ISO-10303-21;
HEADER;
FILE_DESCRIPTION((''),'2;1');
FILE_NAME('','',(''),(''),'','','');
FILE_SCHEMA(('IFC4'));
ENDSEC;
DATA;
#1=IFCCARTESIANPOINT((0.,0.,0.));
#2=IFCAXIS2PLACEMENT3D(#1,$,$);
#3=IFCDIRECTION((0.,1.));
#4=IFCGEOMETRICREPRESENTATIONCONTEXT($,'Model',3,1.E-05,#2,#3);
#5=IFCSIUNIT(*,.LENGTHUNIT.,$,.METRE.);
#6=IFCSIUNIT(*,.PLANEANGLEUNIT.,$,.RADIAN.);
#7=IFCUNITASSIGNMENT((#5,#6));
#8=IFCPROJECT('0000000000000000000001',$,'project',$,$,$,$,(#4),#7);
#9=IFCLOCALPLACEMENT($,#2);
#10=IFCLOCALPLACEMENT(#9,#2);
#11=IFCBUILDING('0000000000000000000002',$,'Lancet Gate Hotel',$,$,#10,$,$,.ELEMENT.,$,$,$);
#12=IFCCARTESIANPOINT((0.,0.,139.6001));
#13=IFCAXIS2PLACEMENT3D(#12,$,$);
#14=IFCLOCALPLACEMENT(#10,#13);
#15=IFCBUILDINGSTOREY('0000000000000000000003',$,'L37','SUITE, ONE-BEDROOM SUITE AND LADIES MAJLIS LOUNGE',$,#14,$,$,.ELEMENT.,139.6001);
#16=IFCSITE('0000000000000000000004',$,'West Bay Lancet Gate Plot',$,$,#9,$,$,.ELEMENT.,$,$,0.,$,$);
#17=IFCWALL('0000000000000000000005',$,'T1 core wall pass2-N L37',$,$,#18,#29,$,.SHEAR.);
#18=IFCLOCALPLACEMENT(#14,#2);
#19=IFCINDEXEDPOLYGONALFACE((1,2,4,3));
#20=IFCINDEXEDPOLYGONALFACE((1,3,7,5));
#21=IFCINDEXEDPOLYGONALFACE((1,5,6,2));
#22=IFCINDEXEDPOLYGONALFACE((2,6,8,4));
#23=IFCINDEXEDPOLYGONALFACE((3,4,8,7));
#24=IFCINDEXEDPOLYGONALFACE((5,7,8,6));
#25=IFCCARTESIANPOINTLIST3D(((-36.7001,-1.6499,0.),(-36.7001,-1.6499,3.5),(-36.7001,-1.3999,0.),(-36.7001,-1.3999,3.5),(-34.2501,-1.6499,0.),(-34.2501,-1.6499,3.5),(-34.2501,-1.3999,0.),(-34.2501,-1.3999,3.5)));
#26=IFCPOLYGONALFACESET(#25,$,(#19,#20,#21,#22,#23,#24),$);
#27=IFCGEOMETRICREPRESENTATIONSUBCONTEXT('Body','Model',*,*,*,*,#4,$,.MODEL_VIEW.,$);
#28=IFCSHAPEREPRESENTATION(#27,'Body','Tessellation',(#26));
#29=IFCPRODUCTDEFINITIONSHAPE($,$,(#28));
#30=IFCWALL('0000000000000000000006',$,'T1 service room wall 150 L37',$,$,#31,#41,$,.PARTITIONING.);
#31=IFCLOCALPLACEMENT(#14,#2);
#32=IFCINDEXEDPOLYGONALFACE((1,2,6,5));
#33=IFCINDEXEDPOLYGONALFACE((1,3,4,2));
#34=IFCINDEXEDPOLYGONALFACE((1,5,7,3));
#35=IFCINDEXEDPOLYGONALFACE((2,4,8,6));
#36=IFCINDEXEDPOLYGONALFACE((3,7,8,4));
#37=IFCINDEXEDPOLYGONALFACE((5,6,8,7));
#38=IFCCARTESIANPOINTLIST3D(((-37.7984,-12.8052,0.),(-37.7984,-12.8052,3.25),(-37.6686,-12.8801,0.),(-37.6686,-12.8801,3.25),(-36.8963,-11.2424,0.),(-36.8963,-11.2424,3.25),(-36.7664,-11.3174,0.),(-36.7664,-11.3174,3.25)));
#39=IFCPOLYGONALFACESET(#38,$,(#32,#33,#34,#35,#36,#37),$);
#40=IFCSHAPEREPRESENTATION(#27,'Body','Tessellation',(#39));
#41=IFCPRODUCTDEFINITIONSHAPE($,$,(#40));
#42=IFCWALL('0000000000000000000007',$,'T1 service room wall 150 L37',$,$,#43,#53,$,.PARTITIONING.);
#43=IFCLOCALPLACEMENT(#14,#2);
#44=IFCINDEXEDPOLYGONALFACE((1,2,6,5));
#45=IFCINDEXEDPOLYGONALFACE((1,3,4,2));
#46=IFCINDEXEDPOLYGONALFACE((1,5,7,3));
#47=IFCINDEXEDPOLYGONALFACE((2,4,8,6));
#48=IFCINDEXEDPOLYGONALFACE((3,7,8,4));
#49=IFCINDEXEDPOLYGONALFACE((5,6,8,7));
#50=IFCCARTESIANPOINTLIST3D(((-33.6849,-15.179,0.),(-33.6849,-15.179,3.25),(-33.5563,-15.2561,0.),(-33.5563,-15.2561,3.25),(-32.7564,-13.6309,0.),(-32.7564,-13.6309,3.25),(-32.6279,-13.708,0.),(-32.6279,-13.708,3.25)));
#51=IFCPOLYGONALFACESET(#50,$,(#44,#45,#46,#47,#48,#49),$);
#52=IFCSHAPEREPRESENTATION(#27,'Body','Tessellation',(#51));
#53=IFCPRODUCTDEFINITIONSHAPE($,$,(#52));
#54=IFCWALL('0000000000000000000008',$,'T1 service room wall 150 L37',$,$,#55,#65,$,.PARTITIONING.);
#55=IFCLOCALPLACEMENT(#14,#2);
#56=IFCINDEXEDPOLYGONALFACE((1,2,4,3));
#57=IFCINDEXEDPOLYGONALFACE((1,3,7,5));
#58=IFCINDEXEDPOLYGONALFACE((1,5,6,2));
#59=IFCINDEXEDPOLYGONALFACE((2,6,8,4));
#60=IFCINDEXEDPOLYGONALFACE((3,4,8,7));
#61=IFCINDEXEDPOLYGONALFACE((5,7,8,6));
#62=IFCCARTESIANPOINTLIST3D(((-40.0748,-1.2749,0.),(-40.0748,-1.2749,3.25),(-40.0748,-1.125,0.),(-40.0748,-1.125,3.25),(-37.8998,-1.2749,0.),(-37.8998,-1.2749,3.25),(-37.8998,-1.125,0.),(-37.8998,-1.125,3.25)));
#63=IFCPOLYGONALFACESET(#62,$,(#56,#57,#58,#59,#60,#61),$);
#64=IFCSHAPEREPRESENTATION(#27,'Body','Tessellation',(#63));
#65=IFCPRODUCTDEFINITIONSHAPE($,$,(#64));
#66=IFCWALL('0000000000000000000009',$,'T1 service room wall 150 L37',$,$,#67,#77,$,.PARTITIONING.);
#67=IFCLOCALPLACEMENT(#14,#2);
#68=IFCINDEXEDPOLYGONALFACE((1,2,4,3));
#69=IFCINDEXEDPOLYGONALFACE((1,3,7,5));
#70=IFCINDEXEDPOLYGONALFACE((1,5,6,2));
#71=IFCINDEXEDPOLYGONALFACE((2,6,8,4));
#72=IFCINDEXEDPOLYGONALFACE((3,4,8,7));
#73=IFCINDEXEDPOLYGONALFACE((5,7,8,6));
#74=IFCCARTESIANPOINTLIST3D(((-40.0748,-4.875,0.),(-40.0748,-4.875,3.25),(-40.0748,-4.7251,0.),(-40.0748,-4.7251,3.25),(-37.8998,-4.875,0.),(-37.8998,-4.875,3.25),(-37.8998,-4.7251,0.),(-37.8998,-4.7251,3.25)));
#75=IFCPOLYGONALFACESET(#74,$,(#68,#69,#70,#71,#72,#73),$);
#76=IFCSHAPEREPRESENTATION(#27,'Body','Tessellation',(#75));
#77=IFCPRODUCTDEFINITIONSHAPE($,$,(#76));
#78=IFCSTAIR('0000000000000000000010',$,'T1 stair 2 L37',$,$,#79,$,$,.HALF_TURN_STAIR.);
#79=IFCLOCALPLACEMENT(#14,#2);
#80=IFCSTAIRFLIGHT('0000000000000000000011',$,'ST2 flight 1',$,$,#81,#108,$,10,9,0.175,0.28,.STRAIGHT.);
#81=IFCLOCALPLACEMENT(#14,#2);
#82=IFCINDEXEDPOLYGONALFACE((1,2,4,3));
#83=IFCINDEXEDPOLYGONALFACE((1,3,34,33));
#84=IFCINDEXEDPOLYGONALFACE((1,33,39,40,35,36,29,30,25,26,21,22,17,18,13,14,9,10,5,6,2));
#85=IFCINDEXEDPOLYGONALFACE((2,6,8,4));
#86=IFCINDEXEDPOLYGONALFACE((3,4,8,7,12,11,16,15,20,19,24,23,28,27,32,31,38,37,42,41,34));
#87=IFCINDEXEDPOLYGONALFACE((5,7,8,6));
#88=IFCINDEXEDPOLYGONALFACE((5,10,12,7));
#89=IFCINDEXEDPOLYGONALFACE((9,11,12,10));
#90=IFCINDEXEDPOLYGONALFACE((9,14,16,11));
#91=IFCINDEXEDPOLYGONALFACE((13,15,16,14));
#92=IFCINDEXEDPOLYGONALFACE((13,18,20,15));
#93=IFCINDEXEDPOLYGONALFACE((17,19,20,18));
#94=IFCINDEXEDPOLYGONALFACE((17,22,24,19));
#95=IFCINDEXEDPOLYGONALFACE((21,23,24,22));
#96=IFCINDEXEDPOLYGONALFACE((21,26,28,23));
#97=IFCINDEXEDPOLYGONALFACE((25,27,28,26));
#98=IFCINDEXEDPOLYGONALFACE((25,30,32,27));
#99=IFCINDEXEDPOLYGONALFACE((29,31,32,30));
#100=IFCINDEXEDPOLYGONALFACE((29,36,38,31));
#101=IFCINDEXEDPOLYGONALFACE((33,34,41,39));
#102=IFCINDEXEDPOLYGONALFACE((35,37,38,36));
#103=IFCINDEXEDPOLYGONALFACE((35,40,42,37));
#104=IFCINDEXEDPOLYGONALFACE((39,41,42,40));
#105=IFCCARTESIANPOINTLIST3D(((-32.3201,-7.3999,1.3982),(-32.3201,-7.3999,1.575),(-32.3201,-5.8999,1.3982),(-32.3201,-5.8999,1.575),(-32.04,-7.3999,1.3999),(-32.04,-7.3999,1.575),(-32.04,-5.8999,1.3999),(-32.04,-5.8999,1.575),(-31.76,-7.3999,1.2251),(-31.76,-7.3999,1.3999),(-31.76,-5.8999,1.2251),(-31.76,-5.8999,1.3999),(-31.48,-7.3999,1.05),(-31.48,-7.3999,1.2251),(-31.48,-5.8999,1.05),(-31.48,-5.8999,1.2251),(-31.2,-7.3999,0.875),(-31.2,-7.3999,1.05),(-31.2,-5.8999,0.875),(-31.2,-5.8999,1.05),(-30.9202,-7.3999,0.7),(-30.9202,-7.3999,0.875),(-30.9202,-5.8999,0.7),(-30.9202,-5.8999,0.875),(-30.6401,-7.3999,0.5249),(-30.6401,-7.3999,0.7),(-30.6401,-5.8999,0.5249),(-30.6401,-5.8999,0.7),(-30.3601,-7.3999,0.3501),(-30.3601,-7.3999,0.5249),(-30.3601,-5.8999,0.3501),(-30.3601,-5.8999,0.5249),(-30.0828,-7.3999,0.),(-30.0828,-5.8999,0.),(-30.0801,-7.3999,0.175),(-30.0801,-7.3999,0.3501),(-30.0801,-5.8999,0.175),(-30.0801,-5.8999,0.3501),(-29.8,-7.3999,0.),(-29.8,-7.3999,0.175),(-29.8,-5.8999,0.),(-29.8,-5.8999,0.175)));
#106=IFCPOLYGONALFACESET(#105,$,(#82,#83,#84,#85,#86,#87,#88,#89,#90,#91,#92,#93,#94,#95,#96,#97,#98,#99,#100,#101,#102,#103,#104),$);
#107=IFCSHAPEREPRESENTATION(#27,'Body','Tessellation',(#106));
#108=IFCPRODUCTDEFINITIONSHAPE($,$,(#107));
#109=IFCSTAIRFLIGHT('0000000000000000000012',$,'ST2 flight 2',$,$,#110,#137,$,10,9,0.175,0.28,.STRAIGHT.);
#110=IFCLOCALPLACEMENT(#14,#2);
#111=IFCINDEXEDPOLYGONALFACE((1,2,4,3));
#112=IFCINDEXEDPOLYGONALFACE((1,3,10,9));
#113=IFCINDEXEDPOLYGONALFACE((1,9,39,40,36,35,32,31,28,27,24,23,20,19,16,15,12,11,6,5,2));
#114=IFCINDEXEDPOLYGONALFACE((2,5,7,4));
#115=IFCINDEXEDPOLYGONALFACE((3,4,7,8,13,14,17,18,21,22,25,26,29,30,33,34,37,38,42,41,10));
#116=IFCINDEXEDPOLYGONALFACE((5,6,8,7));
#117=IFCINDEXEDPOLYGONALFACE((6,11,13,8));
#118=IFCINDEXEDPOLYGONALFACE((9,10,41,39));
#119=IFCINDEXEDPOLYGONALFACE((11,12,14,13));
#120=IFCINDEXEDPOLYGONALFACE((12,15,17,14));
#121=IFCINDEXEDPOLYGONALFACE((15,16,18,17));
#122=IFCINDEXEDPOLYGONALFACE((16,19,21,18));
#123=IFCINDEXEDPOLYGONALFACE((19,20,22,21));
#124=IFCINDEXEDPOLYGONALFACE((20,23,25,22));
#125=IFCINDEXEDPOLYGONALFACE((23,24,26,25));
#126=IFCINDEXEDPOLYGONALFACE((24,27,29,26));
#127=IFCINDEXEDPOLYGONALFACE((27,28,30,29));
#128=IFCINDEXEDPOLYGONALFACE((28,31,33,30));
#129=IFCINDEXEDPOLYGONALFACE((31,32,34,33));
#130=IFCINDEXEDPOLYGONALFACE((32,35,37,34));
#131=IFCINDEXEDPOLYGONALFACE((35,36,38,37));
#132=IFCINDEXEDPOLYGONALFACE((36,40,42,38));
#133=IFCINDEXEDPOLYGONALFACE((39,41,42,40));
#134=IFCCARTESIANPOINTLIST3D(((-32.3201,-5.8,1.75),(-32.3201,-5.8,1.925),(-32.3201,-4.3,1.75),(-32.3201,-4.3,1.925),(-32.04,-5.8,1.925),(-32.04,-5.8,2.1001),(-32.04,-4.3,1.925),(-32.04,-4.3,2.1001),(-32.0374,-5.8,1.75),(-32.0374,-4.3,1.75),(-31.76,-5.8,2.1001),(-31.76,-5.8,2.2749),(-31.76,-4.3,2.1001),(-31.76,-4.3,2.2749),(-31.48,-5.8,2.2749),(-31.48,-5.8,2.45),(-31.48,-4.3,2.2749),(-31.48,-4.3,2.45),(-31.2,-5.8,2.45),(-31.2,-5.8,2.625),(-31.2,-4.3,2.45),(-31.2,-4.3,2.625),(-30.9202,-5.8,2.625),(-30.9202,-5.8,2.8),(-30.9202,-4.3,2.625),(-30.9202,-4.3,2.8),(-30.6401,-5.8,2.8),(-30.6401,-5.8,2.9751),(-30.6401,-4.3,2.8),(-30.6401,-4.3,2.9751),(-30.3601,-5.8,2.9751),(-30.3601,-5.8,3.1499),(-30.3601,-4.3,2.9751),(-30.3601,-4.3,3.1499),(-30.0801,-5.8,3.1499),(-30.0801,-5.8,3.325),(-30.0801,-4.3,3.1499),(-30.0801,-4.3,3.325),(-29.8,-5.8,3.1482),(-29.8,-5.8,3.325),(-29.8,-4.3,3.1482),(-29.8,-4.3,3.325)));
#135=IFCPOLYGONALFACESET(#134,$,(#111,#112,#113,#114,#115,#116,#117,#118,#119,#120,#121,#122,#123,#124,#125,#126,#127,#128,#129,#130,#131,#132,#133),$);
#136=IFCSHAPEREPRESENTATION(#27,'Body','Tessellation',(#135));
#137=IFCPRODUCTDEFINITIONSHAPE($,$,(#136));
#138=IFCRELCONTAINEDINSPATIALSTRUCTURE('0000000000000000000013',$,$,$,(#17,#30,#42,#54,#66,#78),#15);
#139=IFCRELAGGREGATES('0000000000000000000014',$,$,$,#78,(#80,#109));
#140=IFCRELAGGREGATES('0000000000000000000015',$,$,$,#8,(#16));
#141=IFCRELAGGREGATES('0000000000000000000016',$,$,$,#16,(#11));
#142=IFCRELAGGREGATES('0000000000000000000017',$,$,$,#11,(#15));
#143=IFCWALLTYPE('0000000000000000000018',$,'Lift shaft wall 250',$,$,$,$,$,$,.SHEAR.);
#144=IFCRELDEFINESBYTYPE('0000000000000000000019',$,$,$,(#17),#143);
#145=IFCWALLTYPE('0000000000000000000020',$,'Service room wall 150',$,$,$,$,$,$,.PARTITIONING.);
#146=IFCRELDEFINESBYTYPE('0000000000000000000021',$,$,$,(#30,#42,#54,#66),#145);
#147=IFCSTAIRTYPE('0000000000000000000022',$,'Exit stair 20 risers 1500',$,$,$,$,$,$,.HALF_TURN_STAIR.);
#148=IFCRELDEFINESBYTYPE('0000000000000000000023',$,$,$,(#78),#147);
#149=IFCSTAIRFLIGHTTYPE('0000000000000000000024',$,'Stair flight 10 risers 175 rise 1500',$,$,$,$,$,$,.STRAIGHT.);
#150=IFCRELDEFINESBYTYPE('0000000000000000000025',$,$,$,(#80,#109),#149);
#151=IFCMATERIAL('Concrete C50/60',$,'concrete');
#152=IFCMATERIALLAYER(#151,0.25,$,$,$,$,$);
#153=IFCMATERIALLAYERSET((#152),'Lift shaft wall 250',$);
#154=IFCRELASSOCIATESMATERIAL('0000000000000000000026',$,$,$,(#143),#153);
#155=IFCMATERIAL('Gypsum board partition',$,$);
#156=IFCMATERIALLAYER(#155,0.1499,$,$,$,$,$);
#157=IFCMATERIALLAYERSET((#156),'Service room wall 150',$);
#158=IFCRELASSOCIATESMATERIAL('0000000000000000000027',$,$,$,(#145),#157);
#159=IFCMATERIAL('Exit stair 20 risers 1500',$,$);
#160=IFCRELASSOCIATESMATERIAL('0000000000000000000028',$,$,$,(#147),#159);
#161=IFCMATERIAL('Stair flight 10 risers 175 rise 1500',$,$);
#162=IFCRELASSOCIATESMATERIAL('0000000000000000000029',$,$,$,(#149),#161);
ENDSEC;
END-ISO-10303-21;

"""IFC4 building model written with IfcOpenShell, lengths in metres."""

from ifc_helpers import new_model, si_unit, direction, frame, frame_2d, origin, place, context, subcontext, project, spatial, polyline, rectangle, outline, extrude, material, layer, layer_set, type_object, element, aggregate, save


model = new_model("IFC4")

# Units and contexts
model_context = context("Model", 3, precision=1e-05, world=origin(), true_north=direction((0.0, 1.0)))
body_context = subcontext(model_context, "Body", "Model", "MODEL_VIEW")
ifc_project = project(units=[si_unit("LENGTHUNIT", "METRE"), si_unit("PLANEANGLEUNIT", "RADIAN")], contexts=[model_context])

# Site, building, storey
site_placement = place(None, origin())
site = spatial("IfcSite", under=ifc_project, at=site_placement, Name="West Bay Lancet Gate Plot", CompositionType="ELEMENT", RefElevation=0.0)
building_placement = place(site_placement, origin())
building = spatial("IfcBuilding", under=site, at=building_placement, Name="Lancet Gate Hotel", CompositionType="ELEMENT")
storey_placement = place(building_placement, frame((0.0, 0.0, 139.6001)))
storey = spatial("IfcBuildingStorey", under=building, at=storey_placement, Name="L37", Description="SUITE, ONE-BEDROOM SUITE AND LADIES MAJLIS LOUNGE", CompositionType="ELEMENT", Elevation=139.6001)

# Shared definitions
ifc_material_1 = material(Name="Concrete C50/60", Category="concrete")
ifc_layer_1 = layer(ifc_material_1, 0.25)
ifc_layer_set_1 = layer_set([ifc_layer_1], Name="Lift shaft wall 250")
wall_type_1 = type_object("IfcWallType", Name="Lift shaft wall 250", PredefinedType="SHEAR", material=ifc_layer_set_1)

# Walls
wall_1_placement = place(storey_placement, frame((-34.25, -1.5249, 0.0), z_axis=(0.0, 0.0, 1.0), x_axis=(-1.0, 0.0, 0.0)))
element("IfcWall", 1, at=wall_1_placement, inside=storey, type_object=wall_type_1, Name="T1 core wall pass2-N L37", PredefinedType="SHEAR", context=body_context, shape_type="SweptSolid", body=[
    extrude(rectangle(XDim=2.45, YDim=0.25, at=frame_2d((1.2251, 0.0))), origin(), (0.0, 0.0, 1.0), 3.5),
])
ifc_material_2 = material(Name="Gypsum board partition")
ifc_layer_2 = layer(ifc_material_2, 0.1499)
ifc_layer_set_2 = layer_set([ifc_layer_2], Name="Service room wall 150")
wall_type_2 = type_object("IfcWallType", Name="Service room wall 150", PredefinedType="PARTITIONING", material=ifc_layer_set_2)
wall_2_placement = place(storey_placement, frame((-36.8313, -11.2798, 0.0), z_axis=(0.0, 0.0, 1.0), x_axis=(-0.499937, -0.866062, 0.0)))
element("IfcWall", 2, at=wall_2_placement, inside=storey, type_object=wall_type_2, Name="T1 service room wall 150 L37", PredefinedType="PARTITIONING", context=body_context, shape_type="SweptSolid", body=[
    extrude(rectangle(XDim=1.8044, YDim=0.1499, at=frame_2d((0.9023, 0.0))), origin(), (0.0, 0.0, 1.0), 3.25),
])
wall_3_placement = place(storey_placement, frame((-33.6206, -15.2175, 0.0), z_axis=(0.0, 0.0, 1.0), x_axis=(0.514337, 0.857588, 0.0)))
element("IfcWall", 3, at=wall_3_placement, inside=storey, type_object=wall_type_2, Name="T1 service room wall 150 L37", PredefinedType="PARTITIONING", context=body_context, shape_type="SweptSolid", body=[
    extrude(rectangle(XDim=1.8052, YDim=0.1499, at=frame_2d((0.9026, 0.0))), origin(), (0.0, 0.0, 1.0), 3.25),
])
for number, where, z_axis, x_axis, name in (
    (4, (-37.8999, -1.2, 0.0), (0.0, 0.0, 1.0), (-1.0, 0.0, 0.0), "T1 service room wall 150 L37"),
    (5, (-37.8999, -4.8, 0.0), (0.0, 0.0, 1.0), (-1.0, 0.0, 0.0), "T1 service room wall 150 L37"),
):
    element("IfcWall", number, at=place(storey_placement, frame(where, z_axis=z_axis, x_axis=x_axis)), inside=storey, type_object=wall_type_2, Name=name, PredefinedType="PARTITIONING", context=body_context, shape_type="SweptSolid", body=[
        extrude(rectangle(XDim=2.175, YDim=0.1499, at=frame_2d((1.0874, 0.0))), origin(), (0.0, 0.0, 1.0), 3.25),
    ])

# Stair, stair flights
ifc_material_3 = material(Name="Exit stair 20 risers 1500")
stair_type = type_object("IfcStairType", Name="Exit stair 20 risers 1500", PredefinedType="HALF_TURN_STAIR", material=ifc_material_3)
stair_placement = place(storey_placement, origin())
stair = element("IfcStair", 6, at=stair_placement, inside=storey, type_object=stair_type, Name="T1 stair 2 L37", PredefinedType="HALF_TURN_STAIR")
ifc_material_4 = material(Name="Stair flight 10 risers 175 rise 1500")
stair_flight_type = type_object("IfcStairFlightType", Name="Stair flight 10 risers 175 rise 1500", PredefinedType="STRAIGHT", material=ifc_material_4)
stair_flight_1_placement = place(storey_placement, frame((-29.8, -6.6499, 0.0), z_axis=(0.0, 0.0, 1.0), x_axis=(-1.0, 0.0, 0.0)))
stair_flight_1 = element("IfcStairFlight", 7, at=stair_flight_1_placement, type_object=stair_flight_type, Name="ST2 flight 1", NumberOfRisers=10, NumberOfTreads=9, PredefinedType="STRAIGHT", RiserHeight=0.175, TreadLength=0.28, context=body_context, shape_type="SweptSolid", body=[
    extrude(outline(polyline([(0.0, 0.0), (0.0, 0.175), (0.28, 0.175), (0.28, 0.3501), (0.5601, 0.3501), (0.5601, 0.5249), (0.8401, 0.5249), (0.8401, 0.7), (1.1201, 0.7), (1.1201, 0.875), (1.3999, 0.875), (1.3999, 1.05), (1.6799, 1.05), (1.6799, 1.2251), (1.96, 1.2251), (1.96, 1.3999), (2.24, 1.3999), (2.24, 1.575), (2.52, 1.575), (2.52, 1.75), (2.52, 1.3982), (0.2827, 0.0), (0.0, 0.0)])), frame((0.0, 0.75, 0.0), z_axis=(0.0, -1.0, 0.0), x_axis=(1.0, 0.0, 0.0)), (0.0, 0.0, 1.0), 1.5),
])
stair_flight_2_placement = place(storey_placement, frame((-32.3201, -5.05, 1.75), z_axis=(0.0, 0.0, 1.0), x_axis=(1.0, 0.0, 0.0)))
stair_flight_2 = element("IfcStairFlight", 8, at=stair_flight_2_placement, type_object=stair_flight_type, Name="ST2 flight 2", NumberOfRisers=10, NumberOfTreads=9, PredefinedType="STRAIGHT", RiserHeight=0.175, TreadLength=0.28, context=body_context, shape_type="SweptSolid", body=[
    extrude(outline(polyline([(0.0, 0.0), (0.0, 0.175), (0.28, 0.175), (0.28, 0.3501), (0.5601, 0.3501), (0.5601, 0.5249), (0.8401, 0.5249), (0.8401, 0.7), (1.1201, 0.7), (1.1201, 0.875), (1.3999, 0.875), (1.3999, 1.05), (1.6799, 1.05), (1.6799, 1.2251), (1.96, 1.2251), (1.96, 1.3999), (2.24, 1.3999), (2.24, 1.575), (2.52, 1.575), (2.52, 1.75), (2.52, 1.3982), (0.2827, 0.0), (0.0, 0.0)])), frame((0.0, 0.75, 0.0), z_axis=(0.0, -1.0, 0.0), x_axis=(1.0, 0.0, 0.0)), (0.0, 0.0, 1.0), 1.5),
])
aggregate(stair, [stair_flight_1, stair_flight_2])

save(model, "model.ifc")
